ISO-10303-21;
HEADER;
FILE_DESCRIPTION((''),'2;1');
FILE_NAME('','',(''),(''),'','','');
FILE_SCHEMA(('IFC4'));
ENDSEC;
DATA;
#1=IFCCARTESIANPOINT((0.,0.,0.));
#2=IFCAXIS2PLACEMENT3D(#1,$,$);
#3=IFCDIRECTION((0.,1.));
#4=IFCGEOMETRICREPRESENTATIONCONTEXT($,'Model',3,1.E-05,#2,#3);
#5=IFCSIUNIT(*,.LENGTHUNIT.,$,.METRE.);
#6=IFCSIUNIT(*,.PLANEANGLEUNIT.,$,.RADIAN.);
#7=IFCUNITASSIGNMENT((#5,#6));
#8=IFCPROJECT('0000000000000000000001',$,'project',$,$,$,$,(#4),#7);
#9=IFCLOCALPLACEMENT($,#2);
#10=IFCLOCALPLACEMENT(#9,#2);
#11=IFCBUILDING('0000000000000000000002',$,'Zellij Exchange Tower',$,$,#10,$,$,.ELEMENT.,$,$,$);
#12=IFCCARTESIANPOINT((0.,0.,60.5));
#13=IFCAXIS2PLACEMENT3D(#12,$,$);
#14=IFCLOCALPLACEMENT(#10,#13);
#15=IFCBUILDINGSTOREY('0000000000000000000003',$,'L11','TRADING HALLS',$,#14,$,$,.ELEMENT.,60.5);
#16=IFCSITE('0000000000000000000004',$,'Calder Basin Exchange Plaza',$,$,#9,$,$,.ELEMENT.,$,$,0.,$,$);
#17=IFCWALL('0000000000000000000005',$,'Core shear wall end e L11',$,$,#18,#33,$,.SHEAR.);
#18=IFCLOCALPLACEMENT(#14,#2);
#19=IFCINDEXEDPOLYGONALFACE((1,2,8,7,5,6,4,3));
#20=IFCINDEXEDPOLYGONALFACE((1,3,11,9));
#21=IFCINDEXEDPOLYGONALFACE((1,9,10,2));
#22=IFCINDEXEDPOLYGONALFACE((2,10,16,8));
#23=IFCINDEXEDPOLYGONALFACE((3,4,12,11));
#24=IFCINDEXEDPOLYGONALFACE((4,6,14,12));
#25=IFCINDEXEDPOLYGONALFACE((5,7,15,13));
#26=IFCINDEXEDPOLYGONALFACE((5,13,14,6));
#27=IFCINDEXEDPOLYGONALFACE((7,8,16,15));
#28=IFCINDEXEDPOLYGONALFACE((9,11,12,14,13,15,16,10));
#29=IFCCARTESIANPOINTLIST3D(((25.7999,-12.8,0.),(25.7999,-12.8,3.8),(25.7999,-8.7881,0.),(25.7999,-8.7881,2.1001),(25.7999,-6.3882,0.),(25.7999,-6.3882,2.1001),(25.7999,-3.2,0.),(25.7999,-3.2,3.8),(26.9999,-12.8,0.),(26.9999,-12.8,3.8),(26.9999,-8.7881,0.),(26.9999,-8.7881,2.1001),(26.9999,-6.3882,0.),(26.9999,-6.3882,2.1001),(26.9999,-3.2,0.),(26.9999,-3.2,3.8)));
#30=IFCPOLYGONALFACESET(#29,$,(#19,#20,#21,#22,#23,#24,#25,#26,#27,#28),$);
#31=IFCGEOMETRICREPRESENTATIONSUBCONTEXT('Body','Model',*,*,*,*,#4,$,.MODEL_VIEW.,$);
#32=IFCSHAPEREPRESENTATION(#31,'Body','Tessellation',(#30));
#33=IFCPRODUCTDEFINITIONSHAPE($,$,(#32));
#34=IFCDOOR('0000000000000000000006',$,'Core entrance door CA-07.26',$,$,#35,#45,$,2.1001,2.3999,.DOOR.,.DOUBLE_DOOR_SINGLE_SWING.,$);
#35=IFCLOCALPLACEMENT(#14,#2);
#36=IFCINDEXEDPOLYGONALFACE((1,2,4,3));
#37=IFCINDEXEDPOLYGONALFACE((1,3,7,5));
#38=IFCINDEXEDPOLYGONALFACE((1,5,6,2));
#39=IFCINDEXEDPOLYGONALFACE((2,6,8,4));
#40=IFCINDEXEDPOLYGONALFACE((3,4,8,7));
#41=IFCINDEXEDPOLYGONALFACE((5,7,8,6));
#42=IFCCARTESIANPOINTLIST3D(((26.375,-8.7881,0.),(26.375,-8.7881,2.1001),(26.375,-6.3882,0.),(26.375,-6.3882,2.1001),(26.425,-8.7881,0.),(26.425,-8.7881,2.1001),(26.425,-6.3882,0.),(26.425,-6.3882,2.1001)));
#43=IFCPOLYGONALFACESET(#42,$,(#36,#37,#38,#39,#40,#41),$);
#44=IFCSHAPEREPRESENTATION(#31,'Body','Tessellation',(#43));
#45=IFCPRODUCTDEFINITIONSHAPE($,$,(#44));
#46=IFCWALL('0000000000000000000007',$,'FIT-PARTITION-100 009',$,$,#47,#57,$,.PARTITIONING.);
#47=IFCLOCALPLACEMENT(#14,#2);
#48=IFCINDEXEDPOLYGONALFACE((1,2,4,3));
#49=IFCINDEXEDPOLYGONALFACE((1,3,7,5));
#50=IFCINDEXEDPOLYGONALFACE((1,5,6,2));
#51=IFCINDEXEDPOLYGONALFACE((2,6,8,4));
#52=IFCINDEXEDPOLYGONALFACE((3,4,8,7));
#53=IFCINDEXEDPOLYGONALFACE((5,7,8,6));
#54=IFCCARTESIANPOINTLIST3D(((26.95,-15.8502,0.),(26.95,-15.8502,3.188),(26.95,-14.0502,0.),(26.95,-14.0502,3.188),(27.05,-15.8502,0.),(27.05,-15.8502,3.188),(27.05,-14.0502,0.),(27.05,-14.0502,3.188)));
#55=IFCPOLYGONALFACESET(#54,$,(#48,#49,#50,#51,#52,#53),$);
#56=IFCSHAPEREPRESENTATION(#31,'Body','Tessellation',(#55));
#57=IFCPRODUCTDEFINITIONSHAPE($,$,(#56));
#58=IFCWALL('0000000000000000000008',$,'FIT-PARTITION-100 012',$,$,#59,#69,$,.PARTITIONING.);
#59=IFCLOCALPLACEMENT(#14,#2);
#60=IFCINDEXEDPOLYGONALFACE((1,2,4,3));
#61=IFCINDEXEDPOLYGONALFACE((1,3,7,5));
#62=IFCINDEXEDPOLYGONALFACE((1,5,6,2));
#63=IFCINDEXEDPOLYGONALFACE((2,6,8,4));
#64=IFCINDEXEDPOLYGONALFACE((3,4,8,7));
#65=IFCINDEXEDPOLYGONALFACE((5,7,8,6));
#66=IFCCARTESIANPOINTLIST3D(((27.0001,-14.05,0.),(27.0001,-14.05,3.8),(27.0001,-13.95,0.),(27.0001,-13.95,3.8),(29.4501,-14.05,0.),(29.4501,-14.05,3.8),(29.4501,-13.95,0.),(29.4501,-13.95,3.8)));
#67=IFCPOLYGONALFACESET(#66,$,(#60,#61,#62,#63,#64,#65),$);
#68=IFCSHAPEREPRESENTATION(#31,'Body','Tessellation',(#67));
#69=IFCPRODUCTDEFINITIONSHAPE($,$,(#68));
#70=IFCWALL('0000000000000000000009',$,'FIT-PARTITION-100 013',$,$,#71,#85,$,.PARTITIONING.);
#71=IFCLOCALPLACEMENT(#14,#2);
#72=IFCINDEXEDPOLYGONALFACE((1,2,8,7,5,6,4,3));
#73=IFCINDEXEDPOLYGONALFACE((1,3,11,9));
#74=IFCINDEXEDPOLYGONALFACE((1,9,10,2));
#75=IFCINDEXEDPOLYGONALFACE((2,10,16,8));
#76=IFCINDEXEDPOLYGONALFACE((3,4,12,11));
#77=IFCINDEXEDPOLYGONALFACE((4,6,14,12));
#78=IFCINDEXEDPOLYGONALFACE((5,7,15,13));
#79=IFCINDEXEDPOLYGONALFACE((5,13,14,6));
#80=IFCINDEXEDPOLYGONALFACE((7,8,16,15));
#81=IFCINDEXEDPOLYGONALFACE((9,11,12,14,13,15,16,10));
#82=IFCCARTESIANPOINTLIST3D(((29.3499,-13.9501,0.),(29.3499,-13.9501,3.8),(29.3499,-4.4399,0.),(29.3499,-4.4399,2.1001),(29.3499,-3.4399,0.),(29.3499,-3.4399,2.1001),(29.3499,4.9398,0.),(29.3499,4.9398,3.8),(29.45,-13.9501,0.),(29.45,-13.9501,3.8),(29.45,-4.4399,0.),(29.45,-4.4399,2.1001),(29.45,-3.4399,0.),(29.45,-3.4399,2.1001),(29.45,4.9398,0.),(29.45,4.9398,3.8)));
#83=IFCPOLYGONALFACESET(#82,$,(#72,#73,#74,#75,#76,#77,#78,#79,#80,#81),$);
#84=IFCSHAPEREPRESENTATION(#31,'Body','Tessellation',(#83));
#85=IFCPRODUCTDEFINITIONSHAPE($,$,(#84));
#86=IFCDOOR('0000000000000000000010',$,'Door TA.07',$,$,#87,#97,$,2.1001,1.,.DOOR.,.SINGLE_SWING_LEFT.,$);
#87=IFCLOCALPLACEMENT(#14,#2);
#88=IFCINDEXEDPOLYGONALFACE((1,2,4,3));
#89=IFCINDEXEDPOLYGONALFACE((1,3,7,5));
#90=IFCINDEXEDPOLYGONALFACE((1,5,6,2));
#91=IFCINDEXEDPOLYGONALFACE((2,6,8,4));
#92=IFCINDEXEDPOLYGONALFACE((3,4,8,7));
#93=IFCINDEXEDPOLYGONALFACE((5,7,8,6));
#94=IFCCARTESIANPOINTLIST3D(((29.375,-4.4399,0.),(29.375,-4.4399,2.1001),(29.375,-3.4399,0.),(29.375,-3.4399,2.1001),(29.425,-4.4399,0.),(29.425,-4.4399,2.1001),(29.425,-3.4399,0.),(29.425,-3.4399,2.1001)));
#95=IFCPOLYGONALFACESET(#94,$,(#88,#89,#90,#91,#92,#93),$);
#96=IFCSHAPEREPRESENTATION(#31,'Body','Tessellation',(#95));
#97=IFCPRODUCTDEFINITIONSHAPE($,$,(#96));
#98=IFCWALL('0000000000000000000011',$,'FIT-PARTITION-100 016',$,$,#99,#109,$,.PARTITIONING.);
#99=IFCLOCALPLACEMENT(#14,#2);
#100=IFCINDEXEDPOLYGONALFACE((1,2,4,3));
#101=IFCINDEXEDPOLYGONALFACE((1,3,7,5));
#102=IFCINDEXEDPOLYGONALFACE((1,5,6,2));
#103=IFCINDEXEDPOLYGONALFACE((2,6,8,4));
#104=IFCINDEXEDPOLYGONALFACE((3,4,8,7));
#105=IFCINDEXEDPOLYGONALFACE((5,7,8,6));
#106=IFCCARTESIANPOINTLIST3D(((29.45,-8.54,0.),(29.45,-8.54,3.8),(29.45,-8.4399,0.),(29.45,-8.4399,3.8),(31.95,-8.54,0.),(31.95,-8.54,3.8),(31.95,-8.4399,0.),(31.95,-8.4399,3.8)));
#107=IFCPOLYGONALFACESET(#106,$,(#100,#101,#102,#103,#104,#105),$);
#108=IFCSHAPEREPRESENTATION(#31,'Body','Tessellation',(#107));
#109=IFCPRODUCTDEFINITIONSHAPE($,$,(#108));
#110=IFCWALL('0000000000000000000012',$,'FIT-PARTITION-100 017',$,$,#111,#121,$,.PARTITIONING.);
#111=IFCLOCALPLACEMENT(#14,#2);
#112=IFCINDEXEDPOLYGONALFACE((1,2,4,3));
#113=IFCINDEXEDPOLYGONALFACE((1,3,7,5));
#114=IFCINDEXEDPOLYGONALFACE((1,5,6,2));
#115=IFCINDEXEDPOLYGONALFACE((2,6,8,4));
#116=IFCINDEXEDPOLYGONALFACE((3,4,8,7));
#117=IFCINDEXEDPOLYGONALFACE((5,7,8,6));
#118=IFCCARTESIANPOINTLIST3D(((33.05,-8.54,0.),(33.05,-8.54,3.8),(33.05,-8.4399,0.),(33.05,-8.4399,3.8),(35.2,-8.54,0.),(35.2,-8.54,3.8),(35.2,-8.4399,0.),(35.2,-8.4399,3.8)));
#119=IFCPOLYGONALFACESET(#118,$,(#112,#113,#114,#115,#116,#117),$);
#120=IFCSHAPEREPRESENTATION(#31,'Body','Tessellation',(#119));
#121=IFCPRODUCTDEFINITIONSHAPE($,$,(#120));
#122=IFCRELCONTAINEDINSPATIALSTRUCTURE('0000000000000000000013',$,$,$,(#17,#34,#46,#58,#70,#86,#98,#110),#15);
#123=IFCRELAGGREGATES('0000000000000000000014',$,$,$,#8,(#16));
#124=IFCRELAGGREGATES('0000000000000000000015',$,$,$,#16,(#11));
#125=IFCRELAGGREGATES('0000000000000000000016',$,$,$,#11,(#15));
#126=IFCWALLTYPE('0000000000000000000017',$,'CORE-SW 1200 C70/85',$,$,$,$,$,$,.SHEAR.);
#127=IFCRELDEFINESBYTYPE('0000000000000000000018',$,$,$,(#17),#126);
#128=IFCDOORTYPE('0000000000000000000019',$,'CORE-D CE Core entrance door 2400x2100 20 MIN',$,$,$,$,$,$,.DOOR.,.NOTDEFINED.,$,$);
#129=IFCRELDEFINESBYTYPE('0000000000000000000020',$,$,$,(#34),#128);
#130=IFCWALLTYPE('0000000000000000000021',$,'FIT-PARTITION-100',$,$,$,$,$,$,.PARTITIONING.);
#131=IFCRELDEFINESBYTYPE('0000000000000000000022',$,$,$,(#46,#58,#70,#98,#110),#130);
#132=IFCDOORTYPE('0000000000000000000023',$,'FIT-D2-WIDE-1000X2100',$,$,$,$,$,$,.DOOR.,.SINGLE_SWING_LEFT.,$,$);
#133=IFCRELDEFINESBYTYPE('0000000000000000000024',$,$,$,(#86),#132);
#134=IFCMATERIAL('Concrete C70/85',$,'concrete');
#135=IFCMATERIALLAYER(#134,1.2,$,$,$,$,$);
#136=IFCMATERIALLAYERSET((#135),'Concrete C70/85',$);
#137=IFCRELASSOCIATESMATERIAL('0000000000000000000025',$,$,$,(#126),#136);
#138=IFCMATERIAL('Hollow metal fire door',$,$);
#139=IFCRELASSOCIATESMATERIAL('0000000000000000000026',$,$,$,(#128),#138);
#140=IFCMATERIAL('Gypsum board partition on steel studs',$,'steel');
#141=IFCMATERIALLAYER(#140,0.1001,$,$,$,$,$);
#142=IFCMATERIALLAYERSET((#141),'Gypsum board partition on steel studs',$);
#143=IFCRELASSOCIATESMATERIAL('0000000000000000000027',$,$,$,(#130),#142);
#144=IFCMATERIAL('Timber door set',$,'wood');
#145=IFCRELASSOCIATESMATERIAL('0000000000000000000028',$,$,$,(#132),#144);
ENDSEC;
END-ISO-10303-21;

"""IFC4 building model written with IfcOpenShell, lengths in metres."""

from ifc_helpers import new_model, si_unit, direction, frame, frame_2d, origin, place, context, subcontext, project, spatial, rectangle, extrude, material, layer, layer_set, type_object, element, fill, save


model = new_model("IFC4")

# Units and contexts
model_context = context("Model", 3, precision=1e-05, world=origin(), true_north=direction((0.0, 1.0)))
body_context = subcontext(model_context, "Body", "Model", "MODEL_VIEW")
ifc_project = project(units=[si_unit("LENGTHUNIT", "METRE"), si_unit("PLANEANGLEUNIT", "RADIAN")], contexts=[model_context])

# Site, building, storey
site_placement = place(None, origin())
site = spatial("IfcSite", under=ifc_project, at=site_placement, Name="Calder Basin Exchange Plaza", CompositionType="ELEMENT", RefElevation=0.0)
building_placement = place(site_placement, origin())
building = spatial("IfcBuilding", under=site, at=building_placement, Name="Zellij Exchange Tower", CompositionType="ELEMENT")
storey_placement = place(building_placement, frame((0.0, 0.0, 60.5)))
storey = spatial("IfcBuildingStorey", under=building, at=storey_placement, Name="L11", Description="TRADING HALLS", CompositionType="ELEMENT", Elevation=60.5)

# Shared definitions
ifc_material_1 = material(Name="Concrete C70/85", Category="concrete")

# Wall, opening, door
ifc_layer_1 = layer(ifc_material_1, 1.2)
ifc_layer_set_1 = layer_set([ifc_layer_1], Name="Concrete C70/85")
wall_type_1 = type_object("IfcWallType", Name="CORE-SW 1200 C70/85", PredefinedType="SHEAR", material=ifc_layer_set_1)
wall_1_placement = place(storey_placement, frame((26.3999, -12.8, 0.0), z_axis=(0.0, 0.0, 1.0), x_axis=(0.0, 1.0, 0.0)))
wall_1 = element("IfcWall", 1, at=wall_1_placement, inside=storey, type_object=wall_type_1, Name="Core shear wall end e L11", PredefinedType="SHEAR", context=body_context, shape_type="SweptSolid", body=[
    extrude(rectangle(XDim=9.6001, YDim=1.2, at=frame_2d((4.8, 0.0))), origin(), (0.0, 0.0, 1.0), 3.8),
])
opening_1_placement = place(wall_1_placement, frame((4.012, 0.0, 0.0)))
opening_1 = element("IfcOpeningElement", 2, at=opening_1_placement, cuts=wall_1, PredefinedType="OPENING", context=body_context, shape_type="SweptSolid", body=[
    extrude(rectangle(XDim=2.3999, YDim=2.1001, at=frame_2d((1.2, 1.05))), frame((0.0, 0.6118, 0.0), z_axis=(0.0, -1.0, 0.0), x_axis=(1.0, 0.0, 0.0)), (0.0, 0.0, 1.0), 1.2239),
])
ifc_material_2 = material(Name="Hollow metal fire door")
door_type_1 = type_object("IfcDoorType", Name="CORE-D CE Core entrance door 2400x2100 20 MIN", OperationType="NOTDEFINED", PredefinedType="DOOR", material=ifc_material_2)
door_1_placement = place(opening_1_placement, origin())
door_1 = element("IfcDoor", 3, at=door_1_placement, inside=storey, type_object=door_type_1, Name="Core entrance door CA-07.26", OperationType="DOUBLE_DOOR_SINGLE_SWING", OverallHeight=2.1001, OverallWidth=2.3999, PredefinedType="DOOR", context=body_context, shape_type="SweptSolid", body=[
    extrude(rectangle(XDim=2.3999, YDim=2.1001, at=frame_2d((1.2, 1.05))), frame((0.0, 0.0249, 0.0), z_axis=(0.0, -1.0, 0.0), x_axis=(1.0, 0.0, 0.0)), (0.0, 0.0, 1.0), 0.05),
])
fill(opening_1, door_1)

# Walls
ifc_material_3 = material(Name="Gypsum board partition on steel studs", Category="steel")
ifc_layer_2 = layer(ifc_material_3, 0.1001)
ifc_layer_set_2 = layer_set([ifc_layer_2], Name="Gypsum board partition on steel studs")
wall_type_2 = type_object("IfcWallType", Name="FIT-PARTITION-100", PredefinedType="PARTITIONING", material=ifc_layer_set_2)
wall_2_placement = place(storey_placement, frame((27.0, -15.8501, 0.0), z_axis=(0.0, 0.0, 1.0), x_axis=(0.0, 1.0, 0.0)))
element("IfcWall", 4, at=wall_2_placement, inside=storey, type_object=wall_type_2, Name="FIT-PARTITION-100 009", PredefinedType="PARTITIONING", context=body_context, shape_type="SweptSolid", body=[
    extrude(rectangle(XDim=1.8, YDim=0.1001, at=frame_2d((0.8999, 0.0))), origin(), (0.0, 0.0, 1.0), 3.188),
])
wall_3_placement = place(storey_placement, frame((27.0, -14.0, 0.0), z_axis=(0.0, 0.0, 1.0), x_axis=(1.0, 0.0, 0.0)))
element("IfcWall", 5, at=wall_3_placement, inside=storey, type_object=wall_type_2, Name="FIT-PARTITION-100 012", PredefinedType="PARTITIONING", context=body_context, shape_type="SweptSolid", body=[
    extrude(rectangle(XDim=2.45, YDim=0.1001, at=frame_2d((1.2251, 0.0))), origin(), (0.0, 0.0, 1.0), 3.8),
])

# Wall, opening, door
wall_4_placement = place(storey_placement, frame((29.3999, -13.95, 0.0), z_axis=(0.0, 0.0, 1.0), x_axis=(0.0, 1.0, 0.0)))
wall_4 = element("IfcWall", 6, at=wall_4_placement, inside=storey, type_object=wall_type_2, Name="FIT-PARTITION-100 013", PredefinedType="PARTITIONING", context=body_context, shape_type="SweptSolid", body=[
    extrude(rectangle(XDim=18.8899, YDim=0.1001, at=frame_2d((9.4448, 0.0))), origin(), (0.0, 0.0, 1.0), 3.8),
])
opening_2_placement = place(wall_4_placement, frame((9.51, 0.0, 0.0)))
opening_2 = element("IfcOpeningElement", 7, at=opening_2_placement, cuts=wall_4, PredefinedType="OPENING", context=body_context, shape_type="SweptSolid", body=[
    extrude(rectangle(XDim=1.0, YDim=2.1001, at=frame_2d((0.5, 1.05))), frame((0.0, 0.062, 0.0), z_axis=(0.0, -1.0, 0.0), x_axis=(1.0, 0.0, 0.0)), (0.0, 0.0, 1.0), 0.124),
])
ifc_material_4 = material(Name="Timber door set", Category="wood")
door_type_2 = type_object("IfcDoorType", Name="FIT-D2-WIDE-1000X2100", OperationType="SINGLE_SWING_LEFT", PredefinedType="DOOR", material=ifc_material_4)
door_2_placement = place(opening_2_placement, origin())
door_2 = element("IfcDoor", 8, at=door_2_placement, inside=storey, type_object=door_type_2, Name="Door TA.07", OperationType="SINGLE_SWING_LEFT", OverallHeight=2.1001, OverallWidth=1.0, PredefinedType="DOOR", context=body_context, shape_type="SweptSolid", body=[
    extrude(rectangle(XDim=1.0, YDim=2.1001, at=frame_2d((0.5, 1.05))), frame((0.0, 0.0249, 0.0), z_axis=(0.0, -1.0, 0.0), x_axis=(1.0, 0.0, 0.0)), (0.0, 0.0, 1.0), 0.05),
])
fill(opening_2, door_2)

# Walls
wall_5_placement = place(storey_placement, frame((29.45, -8.49, 0.0), z_axis=(0.0, 0.0, 1.0), x_axis=(1.0, 0.0, 0.0)))
element("IfcWall", 9, at=wall_5_placement, inside=storey, type_object=wall_type_2, Name="FIT-PARTITION-100 016", PredefinedType="PARTITIONING", context=body_context, shape_type="SweptSolid", body=[
    extrude(rectangle(XDim=2.5, YDim=0.1001, at=frame_2d((1.25, 0.0))), origin(), (0.0, 0.0, 1.0), 3.8),
])
wall_6_placement = place(storey_placement, frame((33.05, -8.49, 0.0), z_axis=(0.0, 0.0, 1.0), x_axis=(1.0, 0.0, 0.0)))
element("IfcWall", 10, at=wall_6_placement, inside=storey, type_object=wall_type_2, Name="FIT-PARTITION-100 017", PredefinedType="PARTITIONING", context=body_context, shape_type="SweptSolid", body=[
    extrude(rectangle(XDim=2.1499, YDim=0.1001, at=frame_2d((1.075, 0.0))), origin(), (0.0, 0.0, 1.0), 3.8),
])

save(model, "model.ifc")
